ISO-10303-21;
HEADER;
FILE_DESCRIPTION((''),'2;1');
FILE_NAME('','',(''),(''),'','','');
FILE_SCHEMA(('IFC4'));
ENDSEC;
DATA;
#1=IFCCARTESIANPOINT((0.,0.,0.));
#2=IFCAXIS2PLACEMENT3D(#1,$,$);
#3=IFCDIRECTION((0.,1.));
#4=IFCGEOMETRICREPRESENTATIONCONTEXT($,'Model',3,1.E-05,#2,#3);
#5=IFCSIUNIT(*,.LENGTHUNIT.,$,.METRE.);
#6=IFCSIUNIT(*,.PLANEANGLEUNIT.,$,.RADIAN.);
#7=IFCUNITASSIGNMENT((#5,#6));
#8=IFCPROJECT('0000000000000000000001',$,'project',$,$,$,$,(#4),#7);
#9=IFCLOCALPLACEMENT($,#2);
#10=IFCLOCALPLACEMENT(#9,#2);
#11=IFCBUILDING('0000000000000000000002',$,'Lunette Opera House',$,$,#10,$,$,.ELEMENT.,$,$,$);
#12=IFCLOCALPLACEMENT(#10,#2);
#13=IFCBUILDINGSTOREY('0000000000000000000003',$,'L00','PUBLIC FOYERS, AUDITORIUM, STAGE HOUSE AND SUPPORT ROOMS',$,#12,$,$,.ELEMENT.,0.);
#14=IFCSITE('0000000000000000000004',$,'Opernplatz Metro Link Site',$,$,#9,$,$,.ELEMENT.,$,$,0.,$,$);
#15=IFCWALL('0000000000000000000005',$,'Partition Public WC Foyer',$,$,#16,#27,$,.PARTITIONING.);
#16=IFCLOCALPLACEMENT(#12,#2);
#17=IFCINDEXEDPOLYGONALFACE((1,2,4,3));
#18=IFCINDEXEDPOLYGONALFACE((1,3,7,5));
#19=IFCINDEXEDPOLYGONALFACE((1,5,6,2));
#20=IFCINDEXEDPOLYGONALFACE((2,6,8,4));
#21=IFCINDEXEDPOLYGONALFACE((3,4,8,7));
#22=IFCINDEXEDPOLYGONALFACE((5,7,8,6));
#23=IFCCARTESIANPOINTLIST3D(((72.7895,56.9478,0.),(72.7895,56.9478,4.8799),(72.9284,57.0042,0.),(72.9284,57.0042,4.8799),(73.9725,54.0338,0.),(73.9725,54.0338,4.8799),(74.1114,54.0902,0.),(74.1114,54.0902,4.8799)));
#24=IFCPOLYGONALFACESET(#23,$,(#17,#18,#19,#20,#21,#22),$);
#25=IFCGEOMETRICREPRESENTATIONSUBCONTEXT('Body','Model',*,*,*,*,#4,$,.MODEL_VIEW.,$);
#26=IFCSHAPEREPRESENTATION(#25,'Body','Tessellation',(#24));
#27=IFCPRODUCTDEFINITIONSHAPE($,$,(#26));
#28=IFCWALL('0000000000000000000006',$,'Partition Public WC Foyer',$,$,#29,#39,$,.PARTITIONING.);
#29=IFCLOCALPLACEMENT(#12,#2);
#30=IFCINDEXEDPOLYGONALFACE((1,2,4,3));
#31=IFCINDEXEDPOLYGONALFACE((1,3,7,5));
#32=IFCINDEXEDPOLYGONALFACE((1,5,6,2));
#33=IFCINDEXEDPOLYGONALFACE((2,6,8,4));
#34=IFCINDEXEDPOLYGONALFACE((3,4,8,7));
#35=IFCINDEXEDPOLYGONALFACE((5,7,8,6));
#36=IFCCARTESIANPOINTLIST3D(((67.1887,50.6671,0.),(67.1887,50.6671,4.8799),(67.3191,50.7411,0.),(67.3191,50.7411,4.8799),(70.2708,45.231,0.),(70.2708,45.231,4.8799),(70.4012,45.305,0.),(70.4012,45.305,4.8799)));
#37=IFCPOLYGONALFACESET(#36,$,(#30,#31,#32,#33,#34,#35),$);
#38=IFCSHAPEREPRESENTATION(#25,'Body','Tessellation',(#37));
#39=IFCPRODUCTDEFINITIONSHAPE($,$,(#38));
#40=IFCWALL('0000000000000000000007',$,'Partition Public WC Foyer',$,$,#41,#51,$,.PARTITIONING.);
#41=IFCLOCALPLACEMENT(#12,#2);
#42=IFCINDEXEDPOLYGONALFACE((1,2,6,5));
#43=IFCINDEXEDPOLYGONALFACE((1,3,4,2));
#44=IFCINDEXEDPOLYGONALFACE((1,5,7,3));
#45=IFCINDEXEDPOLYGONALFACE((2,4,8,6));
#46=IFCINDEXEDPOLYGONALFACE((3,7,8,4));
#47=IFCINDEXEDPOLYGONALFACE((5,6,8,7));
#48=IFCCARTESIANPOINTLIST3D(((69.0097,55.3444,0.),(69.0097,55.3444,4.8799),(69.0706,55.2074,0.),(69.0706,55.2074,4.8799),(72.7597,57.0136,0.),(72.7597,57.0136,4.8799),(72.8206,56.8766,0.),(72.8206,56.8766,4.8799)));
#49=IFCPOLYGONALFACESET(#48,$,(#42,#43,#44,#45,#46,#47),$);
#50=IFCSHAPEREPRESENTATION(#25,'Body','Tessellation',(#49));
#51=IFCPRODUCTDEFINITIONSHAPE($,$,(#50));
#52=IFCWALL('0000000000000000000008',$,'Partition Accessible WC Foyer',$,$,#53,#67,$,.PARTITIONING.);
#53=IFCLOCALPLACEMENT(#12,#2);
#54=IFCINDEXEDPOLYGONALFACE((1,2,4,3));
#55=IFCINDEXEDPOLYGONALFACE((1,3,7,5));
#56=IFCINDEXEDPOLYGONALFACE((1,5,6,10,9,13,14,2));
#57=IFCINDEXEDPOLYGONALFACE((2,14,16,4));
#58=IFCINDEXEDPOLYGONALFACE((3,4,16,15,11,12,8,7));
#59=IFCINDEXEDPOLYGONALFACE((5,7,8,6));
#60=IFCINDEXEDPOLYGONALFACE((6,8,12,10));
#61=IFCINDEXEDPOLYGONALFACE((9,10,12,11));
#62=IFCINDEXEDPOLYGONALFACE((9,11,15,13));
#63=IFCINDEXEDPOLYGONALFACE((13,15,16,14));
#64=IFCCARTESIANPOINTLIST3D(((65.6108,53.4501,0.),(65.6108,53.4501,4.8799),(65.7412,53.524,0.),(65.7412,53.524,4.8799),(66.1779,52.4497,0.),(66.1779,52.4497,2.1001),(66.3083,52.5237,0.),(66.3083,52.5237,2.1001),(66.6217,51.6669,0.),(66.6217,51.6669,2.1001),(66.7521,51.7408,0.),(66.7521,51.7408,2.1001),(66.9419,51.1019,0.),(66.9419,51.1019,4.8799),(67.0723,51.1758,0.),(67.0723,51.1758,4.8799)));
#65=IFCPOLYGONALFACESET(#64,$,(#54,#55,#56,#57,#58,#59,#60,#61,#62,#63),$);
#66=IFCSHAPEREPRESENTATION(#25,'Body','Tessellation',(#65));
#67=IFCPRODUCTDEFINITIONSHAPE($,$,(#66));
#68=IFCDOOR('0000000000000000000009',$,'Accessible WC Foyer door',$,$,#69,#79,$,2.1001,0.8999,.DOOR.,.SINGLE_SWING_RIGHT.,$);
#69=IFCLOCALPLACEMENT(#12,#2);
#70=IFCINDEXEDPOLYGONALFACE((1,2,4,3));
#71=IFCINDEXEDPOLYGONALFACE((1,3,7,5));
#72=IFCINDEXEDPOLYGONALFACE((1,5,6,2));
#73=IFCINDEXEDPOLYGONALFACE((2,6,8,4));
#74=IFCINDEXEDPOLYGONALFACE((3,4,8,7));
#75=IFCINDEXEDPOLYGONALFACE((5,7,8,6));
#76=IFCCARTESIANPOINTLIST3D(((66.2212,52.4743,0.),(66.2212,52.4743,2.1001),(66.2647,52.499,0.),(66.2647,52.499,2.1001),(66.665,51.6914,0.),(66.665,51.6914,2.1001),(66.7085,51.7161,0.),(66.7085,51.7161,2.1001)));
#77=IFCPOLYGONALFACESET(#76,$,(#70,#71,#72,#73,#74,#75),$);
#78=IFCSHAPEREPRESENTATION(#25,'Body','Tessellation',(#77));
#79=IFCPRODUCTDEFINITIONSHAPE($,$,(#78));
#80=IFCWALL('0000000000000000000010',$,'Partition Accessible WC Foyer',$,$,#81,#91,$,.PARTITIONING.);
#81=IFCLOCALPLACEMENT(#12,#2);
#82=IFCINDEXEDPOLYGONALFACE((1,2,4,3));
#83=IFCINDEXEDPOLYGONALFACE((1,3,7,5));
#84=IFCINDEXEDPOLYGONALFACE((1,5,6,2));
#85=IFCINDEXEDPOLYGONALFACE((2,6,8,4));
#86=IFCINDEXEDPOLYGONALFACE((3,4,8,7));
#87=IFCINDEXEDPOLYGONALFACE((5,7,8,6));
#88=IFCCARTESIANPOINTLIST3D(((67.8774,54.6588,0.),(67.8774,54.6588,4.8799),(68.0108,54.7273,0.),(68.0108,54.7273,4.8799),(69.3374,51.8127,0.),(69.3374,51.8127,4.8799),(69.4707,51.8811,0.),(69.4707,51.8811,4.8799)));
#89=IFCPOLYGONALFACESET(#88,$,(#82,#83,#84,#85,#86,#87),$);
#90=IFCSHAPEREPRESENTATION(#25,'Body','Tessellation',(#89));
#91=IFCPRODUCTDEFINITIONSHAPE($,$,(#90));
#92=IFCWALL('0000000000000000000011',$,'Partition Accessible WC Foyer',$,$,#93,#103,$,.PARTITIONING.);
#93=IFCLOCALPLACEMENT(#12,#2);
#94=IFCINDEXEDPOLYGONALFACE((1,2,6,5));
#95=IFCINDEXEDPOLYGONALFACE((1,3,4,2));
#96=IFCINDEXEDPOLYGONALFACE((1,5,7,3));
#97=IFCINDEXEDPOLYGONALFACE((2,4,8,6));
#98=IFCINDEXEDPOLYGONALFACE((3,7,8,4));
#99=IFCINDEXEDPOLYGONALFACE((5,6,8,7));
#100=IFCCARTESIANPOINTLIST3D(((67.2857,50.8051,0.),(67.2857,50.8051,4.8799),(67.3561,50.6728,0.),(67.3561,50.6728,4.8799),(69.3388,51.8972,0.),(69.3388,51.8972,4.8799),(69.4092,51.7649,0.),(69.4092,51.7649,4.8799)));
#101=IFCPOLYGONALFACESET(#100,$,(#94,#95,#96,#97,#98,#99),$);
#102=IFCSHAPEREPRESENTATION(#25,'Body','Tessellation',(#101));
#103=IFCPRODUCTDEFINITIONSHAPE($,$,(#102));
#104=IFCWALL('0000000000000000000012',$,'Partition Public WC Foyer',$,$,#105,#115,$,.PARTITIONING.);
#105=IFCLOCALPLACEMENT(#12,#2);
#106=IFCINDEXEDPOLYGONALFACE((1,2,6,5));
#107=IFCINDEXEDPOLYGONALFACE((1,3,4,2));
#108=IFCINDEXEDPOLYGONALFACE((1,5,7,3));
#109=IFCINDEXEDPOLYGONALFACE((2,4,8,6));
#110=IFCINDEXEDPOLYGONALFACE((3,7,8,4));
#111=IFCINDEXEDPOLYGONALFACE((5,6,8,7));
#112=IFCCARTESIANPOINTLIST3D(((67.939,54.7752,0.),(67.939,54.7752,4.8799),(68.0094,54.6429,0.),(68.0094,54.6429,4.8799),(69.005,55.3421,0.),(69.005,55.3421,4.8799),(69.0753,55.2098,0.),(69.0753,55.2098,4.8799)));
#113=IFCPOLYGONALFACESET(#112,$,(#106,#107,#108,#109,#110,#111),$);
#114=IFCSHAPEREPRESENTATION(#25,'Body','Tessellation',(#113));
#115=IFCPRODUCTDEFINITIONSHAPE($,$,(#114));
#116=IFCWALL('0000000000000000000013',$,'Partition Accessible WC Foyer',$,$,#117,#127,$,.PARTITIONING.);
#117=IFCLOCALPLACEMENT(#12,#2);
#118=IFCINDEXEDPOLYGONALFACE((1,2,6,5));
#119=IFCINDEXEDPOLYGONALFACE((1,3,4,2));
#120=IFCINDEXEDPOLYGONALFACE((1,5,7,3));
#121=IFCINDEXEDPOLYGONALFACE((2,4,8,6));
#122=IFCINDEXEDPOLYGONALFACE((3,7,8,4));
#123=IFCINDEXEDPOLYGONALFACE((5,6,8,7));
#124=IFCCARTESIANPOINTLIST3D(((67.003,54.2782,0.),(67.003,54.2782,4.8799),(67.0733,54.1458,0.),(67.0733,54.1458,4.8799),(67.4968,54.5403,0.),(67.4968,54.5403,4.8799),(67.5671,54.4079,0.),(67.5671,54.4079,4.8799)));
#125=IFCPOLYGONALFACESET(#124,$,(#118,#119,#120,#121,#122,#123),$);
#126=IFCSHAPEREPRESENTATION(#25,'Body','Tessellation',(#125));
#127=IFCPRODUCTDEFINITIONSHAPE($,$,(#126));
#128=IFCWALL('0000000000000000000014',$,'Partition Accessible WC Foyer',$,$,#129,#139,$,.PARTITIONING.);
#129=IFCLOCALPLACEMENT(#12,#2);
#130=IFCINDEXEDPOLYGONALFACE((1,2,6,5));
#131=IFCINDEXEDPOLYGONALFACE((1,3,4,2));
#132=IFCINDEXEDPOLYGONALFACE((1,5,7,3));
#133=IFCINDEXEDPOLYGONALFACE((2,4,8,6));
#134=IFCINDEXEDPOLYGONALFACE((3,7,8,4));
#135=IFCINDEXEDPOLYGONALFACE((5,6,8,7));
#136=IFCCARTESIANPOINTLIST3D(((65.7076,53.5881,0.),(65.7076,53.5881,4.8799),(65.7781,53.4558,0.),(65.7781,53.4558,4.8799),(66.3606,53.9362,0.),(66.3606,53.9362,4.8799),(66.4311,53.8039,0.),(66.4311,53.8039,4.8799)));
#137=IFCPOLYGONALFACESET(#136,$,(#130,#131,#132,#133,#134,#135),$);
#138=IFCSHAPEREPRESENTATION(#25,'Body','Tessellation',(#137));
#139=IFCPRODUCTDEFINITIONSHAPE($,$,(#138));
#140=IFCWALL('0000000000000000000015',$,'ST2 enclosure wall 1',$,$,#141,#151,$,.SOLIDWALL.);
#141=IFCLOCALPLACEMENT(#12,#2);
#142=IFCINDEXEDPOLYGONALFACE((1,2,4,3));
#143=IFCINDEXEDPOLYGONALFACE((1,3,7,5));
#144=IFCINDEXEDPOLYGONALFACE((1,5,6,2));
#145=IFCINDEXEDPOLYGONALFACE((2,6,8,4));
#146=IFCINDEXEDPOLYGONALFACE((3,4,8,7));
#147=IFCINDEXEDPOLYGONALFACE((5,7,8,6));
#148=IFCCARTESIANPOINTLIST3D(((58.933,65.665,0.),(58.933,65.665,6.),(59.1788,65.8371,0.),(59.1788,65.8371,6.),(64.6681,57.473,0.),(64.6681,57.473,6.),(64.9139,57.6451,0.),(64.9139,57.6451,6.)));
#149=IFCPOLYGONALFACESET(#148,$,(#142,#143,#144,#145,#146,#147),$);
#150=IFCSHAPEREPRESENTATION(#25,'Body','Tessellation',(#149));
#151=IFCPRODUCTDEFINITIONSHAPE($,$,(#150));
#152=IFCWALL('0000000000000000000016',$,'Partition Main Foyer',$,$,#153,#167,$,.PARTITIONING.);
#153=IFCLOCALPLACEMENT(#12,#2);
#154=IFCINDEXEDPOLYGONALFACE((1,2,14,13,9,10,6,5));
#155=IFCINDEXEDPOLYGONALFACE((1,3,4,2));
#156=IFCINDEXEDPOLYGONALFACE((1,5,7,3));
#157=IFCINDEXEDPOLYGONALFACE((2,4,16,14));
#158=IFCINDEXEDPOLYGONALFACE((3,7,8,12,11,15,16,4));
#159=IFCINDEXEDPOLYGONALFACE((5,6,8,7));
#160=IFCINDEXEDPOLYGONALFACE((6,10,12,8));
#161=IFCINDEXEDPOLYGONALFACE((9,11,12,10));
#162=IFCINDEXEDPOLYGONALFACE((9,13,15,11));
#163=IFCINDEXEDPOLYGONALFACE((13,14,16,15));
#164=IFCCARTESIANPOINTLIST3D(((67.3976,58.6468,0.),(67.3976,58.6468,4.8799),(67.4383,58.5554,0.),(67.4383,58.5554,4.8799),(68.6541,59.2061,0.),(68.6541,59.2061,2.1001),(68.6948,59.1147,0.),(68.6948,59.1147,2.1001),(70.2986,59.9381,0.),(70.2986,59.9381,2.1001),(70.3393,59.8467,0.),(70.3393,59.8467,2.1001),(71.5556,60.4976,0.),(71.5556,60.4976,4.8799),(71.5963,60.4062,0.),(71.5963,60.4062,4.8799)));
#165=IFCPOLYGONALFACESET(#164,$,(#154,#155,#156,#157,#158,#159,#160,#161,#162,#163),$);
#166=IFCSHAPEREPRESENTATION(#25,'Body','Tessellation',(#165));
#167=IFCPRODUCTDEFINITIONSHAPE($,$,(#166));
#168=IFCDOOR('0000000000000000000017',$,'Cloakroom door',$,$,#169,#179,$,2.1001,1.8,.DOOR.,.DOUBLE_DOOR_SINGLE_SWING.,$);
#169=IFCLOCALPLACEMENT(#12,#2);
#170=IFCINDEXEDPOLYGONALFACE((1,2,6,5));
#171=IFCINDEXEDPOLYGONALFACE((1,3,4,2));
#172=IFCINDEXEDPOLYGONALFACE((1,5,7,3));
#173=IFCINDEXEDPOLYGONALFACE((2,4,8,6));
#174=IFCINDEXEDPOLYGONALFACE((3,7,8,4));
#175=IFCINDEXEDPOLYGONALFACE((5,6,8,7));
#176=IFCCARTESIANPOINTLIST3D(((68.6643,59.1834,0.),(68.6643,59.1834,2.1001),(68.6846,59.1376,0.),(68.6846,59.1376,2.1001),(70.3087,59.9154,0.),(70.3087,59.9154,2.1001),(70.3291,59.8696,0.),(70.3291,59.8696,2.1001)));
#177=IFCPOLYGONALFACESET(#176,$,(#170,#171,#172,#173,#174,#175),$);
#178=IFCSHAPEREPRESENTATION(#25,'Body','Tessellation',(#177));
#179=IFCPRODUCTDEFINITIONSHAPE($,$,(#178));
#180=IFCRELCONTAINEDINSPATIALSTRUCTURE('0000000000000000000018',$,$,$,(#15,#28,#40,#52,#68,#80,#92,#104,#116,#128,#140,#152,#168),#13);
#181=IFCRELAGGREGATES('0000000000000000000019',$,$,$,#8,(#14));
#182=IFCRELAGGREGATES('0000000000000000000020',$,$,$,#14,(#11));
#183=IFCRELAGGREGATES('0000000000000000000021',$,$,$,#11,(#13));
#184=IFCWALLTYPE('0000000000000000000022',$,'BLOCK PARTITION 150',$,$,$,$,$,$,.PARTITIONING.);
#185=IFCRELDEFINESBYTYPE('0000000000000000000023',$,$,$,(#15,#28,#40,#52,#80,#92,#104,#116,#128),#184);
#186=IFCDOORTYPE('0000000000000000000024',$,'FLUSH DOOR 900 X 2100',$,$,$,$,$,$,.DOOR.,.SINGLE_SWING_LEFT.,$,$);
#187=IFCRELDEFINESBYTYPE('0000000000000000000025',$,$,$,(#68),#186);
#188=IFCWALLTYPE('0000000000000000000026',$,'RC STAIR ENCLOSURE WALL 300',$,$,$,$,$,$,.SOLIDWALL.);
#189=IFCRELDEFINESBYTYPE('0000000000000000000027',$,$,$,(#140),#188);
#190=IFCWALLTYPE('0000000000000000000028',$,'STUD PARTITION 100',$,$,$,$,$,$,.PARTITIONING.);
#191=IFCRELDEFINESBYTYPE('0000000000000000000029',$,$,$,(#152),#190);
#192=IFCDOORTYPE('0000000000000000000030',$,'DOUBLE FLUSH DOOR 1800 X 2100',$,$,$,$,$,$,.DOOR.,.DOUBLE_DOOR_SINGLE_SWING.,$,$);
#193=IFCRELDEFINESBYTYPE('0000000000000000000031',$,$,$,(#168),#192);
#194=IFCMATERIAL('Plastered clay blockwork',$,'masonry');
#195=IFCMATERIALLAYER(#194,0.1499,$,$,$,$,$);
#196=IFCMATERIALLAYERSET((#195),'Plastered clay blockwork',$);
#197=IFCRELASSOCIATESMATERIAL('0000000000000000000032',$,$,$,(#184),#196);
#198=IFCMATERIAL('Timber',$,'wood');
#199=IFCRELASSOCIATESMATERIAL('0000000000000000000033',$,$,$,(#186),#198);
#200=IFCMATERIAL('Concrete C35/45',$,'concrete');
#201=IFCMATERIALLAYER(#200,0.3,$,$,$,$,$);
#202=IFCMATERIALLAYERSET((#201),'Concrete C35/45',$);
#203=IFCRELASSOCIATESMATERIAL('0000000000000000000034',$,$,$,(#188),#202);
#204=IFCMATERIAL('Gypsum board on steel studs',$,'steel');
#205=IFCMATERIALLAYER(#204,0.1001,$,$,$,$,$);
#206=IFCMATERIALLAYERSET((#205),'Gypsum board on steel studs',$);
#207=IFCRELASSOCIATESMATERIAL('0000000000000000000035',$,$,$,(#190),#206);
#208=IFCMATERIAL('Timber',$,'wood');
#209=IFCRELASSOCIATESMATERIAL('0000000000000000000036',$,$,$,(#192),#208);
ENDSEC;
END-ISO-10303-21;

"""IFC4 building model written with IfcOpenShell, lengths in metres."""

from ifc_helpers import new_model, si_unit, direction, frame, frame_2d, origin, place, context, subcontext, project, spatial, rectangle, extrude, material, layer, layer_set, type_object, element, fill, save


model = new_model("IFC4")

# Units and contexts
model_context = context("Model", 3, precision=1e-05, world=origin(), true_north=direction((0.0, 1.0)))
body_context = subcontext(model_context, "Body", "Model", "MODEL_VIEW")
ifc_project = project(units=[si_unit("LENGTHUNIT", "METRE"), si_unit("PLANEANGLEUNIT", "RADIAN")], contexts=[model_context])

# Site, building, storey
site_placement = place(None, origin())
site = spatial("IfcSite", under=ifc_project, at=site_placement, Name="Opernplatz Metro Link Site", CompositionType="ELEMENT", RefElevation=0.0)
building_placement = place(site_placement, origin())
building = spatial("IfcBuilding", under=site, at=building_placement, Name="Lunette Opera House", CompositionType="ELEMENT")
storey_placement = place(building_placement, origin())
storey = spatial("IfcBuildingStorey", under=building, at=storey_placement, Name="L00", Description="PUBLIC FOYERS, AUDITORIUM, STAGE HOUSE AND SUPPORT ROOMS", CompositionType="ELEMENT", Elevation=0.0)

# Walls
ifc_material_1 = material(Name="Plastered clay blockwork", Category="masonry")
ifc_layer_1 = layer(ifc_material_1, 0.1499)
ifc_layer_set_1 = layer_set([ifc_layer_1], Name="Plastered clay blockwork")
wall_type_1 = type_object("IfcWallType", Name="BLOCK PARTITION 150", PredefinedType="PARTITIONING", material=ifc_layer_set_1)
wall_1_placement = place(storey_placement, frame((74.042, 54.062, 0.0), z_axis=(0.0, 0.0, 1.0), x_axis=(-0.376177, 0.926548, 0.0)))
element("IfcWall", 1, at=wall_1_placement, inside=storey, type_object=wall_type_1, Name="Partition Public WC Foyer", PredefinedType="PARTITIONING", context=body_context, shape_type="SweptSolid", body=[
    extrude(rectangle(XDim=3.145, YDim=0.1499, at=frame_2d((1.5725, 0.0))), origin(), (0.0, 0.0, 1.0), 4.8799),
])
wall_2_placement = place(storey_placement, frame((67.2539, 50.7041, 0.0), z_axis=(0.0, 0.0, 1.0), x_axis=(0.493208, -0.869912, 0.0)))
element("IfcWall", 2, at=wall_2_placement, inside=storey, type_object=wall_type_1, Name="Partition Public WC Foyer", PredefinedType="PARTITIONING", context=body_context, shape_type="SweptSolid", body=[
    extrude(rectangle(XDim=6.249, YDim=0.1499, at=frame_2d((3.1245, 0.0))), origin(), (0.0, 0.0, 1.0), 4.8799),
])
wall_3_placement = place(storey_placement, frame((72.79, 56.9451, 0.0), z_axis=(0.0, 0.0, 1.0), x_axis=(-0.913583, -0.406652, 0.0)))
element("IfcWall", 3, at=wall_3_placement, inside=storey, type_object=wall_type_1, Name="Partition Public WC Foyer", PredefinedType="PARTITIONING", context=body_context, shape_type="SweptSolid", body=[
    extrude(rectangle(XDim=4.1047, YDim=0.1499, at=frame_2d((2.0522, 0.0))), origin(), (0.0, 0.0, 1.0), 4.8799),
])

# Wall, opening, door
wall_4_placement = place(storey_placement, frame((65.676, 53.4871, 0.0), z_axis=(0.0, 0.0, 1.0), x_axis=(0.493136, -0.869952, 0.0)))
wall_4 = element("IfcWall", 4, at=wall_4_placement, inside=storey, type_object=wall_type_1, Name="Partition Accessible WC Foyer", PredefinedType="PARTITIONING", context=body_context, shape_type="SweptSolid", body=[
    extrude(rectangle(XDim=2.6992, YDim=0.1499, at=frame_2d((1.3496, 0.0))), origin(), (0.0, 0.0, 1.0), 4.8799),
])
opening_1_placement = place(wall_4_placement, frame((1.1499, 0.0, 0.0)))
opening_1 = element("IfcOpeningElement", 5, at=opening_1_placement, cuts=wall_4, PredefinedType="OPENING", context=body_context, shape_type="SweptSolid", body=[
    extrude(rectangle(XDim=0.8999, YDim=2.1001, at=frame_2d((0.45, 1.05))), frame((0.0, 0.0869, 0.0), z_axis=(0.0, -1.0, 0.0), x_axis=(1.0, 0.0, 0.0)), (0.0, 0.0, 1.0), 0.1738),
])
ifc_material_2 = material(Name="Timber", Category="wood")
door_type_1 = type_object("IfcDoorType", Name="FLUSH DOOR 900 X 2100", OperationType="SINGLE_SWING_LEFT", PredefinedType="DOOR", material=ifc_material_2)
door_1_placement = place(opening_1_placement, origin())
door_1 = element("IfcDoor", 6, at=door_1_placement, inside=storey, type_object=door_type_1, Name="Accessible WC Foyer door", OperationType="SINGLE_SWING_RIGHT", OverallHeight=2.1001, OverallWidth=0.8999, PredefinedType="DOOR", context=body_context, shape_type="SweptSolid", body=[
    extrude(rectangle(XDim=0.8999, YDim=2.1001, at=frame_2d((0.45, 1.05))), frame((0.0, 0.0249, 0.0), z_axis=(0.0, -1.0, 0.0), x_axis=(1.0, 0.0, 0.0)), (0.0, 0.0, 1.0), 0.05),
])
fill(opening_1, door_1)

# Walls
wall_5_placement = place(storey_placement, frame((69.4041, 51.8469, 0.0), z_axis=(0.0, 0.0, 1.0), x_axis=(-0.45641, 0.88977, 0.0)))
element("IfcWall", 7, at=wall_5_placement, inside=storey, type_object=wall_type_1, Name="Partition Accessible WC Foyer", PredefinedType="PARTITIONING", context=body_context, shape_type="SweptSolid", body=[
    extrude(rectangle(XDim=3.1987, YDim=0.1499, at=frame_2d((1.5994, 0.0))), origin(), (0.0, 0.0, 1.0), 4.8799),
])
wall_6_placement = place(storey_placement, frame((67.321, 50.739, 0.0), z_axis=(0.0, 0.0, 1.0), x_axis=(0.882867, 0.469623, 0.0)))
element("IfcWall", 8, at=wall_6_placement, inside=storey, type_object=wall_type_1, Name="Partition Accessible WC Foyer", PredefinedType="PARTITIONING", context=body_context, shape_type="SweptSolid", body=[
    extrude(rectangle(XDim=2.3254, YDim=0.1499, at=frame_2d((1.1626, 0.0))), origin(), (0.0, 0.0, 1.0), 4.8799),
])
wall_7_placement = place(storey_placement, frame((69.04, 55.2759, 0.0), z_axis=(0.0, 0.0, 1.0), x_axis=(-0.882901, -0.469559, 0.0)))
element("IfcWall", 9, at=wall_7_placement, inside=storey, type_object=wall_type_1, Name="Partition Public WC Foyer", PredefinedType="PARTITIONING", context=body_context, shape_type="SweptSolid", body=[
    extrude(rectangle(XDim=1.2073, YDim=0.1499, at=frame_2d((0.6035, 0.0))), origin(), (0.0, 0.0, 1.0), 4.8799),
])
wall_8_placement = place(storey_placement, frame((67.532, 54.4741, 0.0), z_axis=(0.0, 0.0, 1.0), x_axis=(-0.883246, -0.46891, 0.0)))
element("IfcWall", 10, at=wall_8_placement, inside=storey, type_object=wall_type_1, Name="Partition Accessible WC Foyer", PredefinedType="PARTITIONING", context=body_context, shape_type="SweptSolid", body=[
    extrude(rectangle(XDim=0.5591, YDim=0.1499, at=frame_2d((0.2795, 0.0))), origin(), (0.0, 0.0, 1.0), 4.8799),
])
wall_9_placement = place(storey_placement, frame((66.396, 53.8701, 0.0), z_axis=(0.0, 0.0, 1.0), x_axis=(-0.882444, -0.470417, 0.0)))
element("IfcWall", 11, at=wall_9_placement, inside=storey, type_object=wall_type_1, Name="Partition Accessible WC Foyer", PredefinedType="PARTITIONING", context=body_context, shape_type="SweptSolid", body=[
    extrude(rectangle(XDim=0.74, YDim=0.1499, at=frame_2d((0.3701, 0.0))), origin(), (0.0, 0.0, 1.0), 4.8799),
])
ifc_material_3 = material(Name="Concrete C35/45", Category="concrete")
ifc_layer_2 = layer(ifc_material_3, 0.3)
ifc_layer_set_2 = layer_set([ifc_layer_2], Name="Concrete C35/45")
wall_type_2 = type_object("IfcWallType", Name="RC STAIR ENCLOSURE WALL 300", PredefinedType="SOLIDWALL", material=ifc_layer_set_2)
wall_10_placement = place(storey_placement, frame((64.791, 57.5591, 0.0), z_axis=(0.0, 0.0, 1.0), x_axis=(-0.573515, 0.819195, 0.0)))
element("IfcWall", 12, at=wall_10_placement, inside=storey, type_object=wall_type_2, Name="ST2 enclosure wall 1", PredefinedType="SOLIDWALL", context=body_context, shape_type="SweptSolid", body=[
    extrude(rectangle(XDim=10.0, YDim=0.3, at=frame_2d((5.0, 0.0))), origin(), (0.0, 0.0, 1.0), 6.0),
])

# Wall, opening, door
ifc_material_4 = material(Name="Gypsum board on steel studs", Category="steel")
ifc_layer_3 = layer(ifc_material_4, 0.1001)
ifc_layer_set_3 = layer_set([ifc_layer_3], Name="Gypsum board on steel studs")
wall_type_3 = type_object("IfcWallType", Name="STUD PARTITION 100", PredefinedType="PARTITIONING", material=ifc_layer_set_3)
wall_11_placement = place(storey_placement, frame((71.5759, 60.4519, 0.0), z_axis=(0.0, 0.0, 1.0), x_axis=(-0.913579, -0.406661, 0.0)))
wall_11 = element("IfcWall", 13, at=wall_11_placement, inside=storey, type_object=wall_type_3, Name="Partition Main Foyer", PredefinedType="PARTITIONING", context=body_context, shape_type="SweptSolid", body=[
    extrude(rectangle(XDim=4.5513, YDim=0.1001, at=frame_2d((2.2756, 0.0))), origin(), (0.0, 0.0, 1.0), 4.8799),
])
opening_2_placement = place(wall_11_placement, frame((1.376, 0.0, 0.0)))
opening_2 = element("IfcOpeningElement", 14, at=opening_2_placement, cuts=wall_11, PredefinedType="OPENING", context=body_context, shape_type="SweptSolid", body=[
    extrude(rectangle(XDim=1.8, YDim=2.1001, at=frame_2d((0.8999, 1.05))), frame((0.0, 0.062, 0.0), z_axis=(0.0, -1.0, 0.0), x_axis=(1.0, 0.0, 0.0)), (0.0, 0.0, 1.0), 0.124),
])
ifc_material_5 = material(Name="Timber", Category="wood")
door_type_2 = type_object("IfcDoorType", Name="DOUBLE FLUSH DOOR 1800 X 2100", OperationType="DOUBLE_DOOR_SINGLE_SWING", PredefinedType="DOOR", material=ifc_material_5)
door_2_placement = place(opening_2_placement, origin())
door_2 = element("IfcDoor", 15, at=door_2_placement, inside=storey, type_object=door_type_2, Name="Cloakroom door", OperationType="DOUBLE_DOOR_SINGLE_SWING", OverallHeight=2.1001, OverallWidth=1.8, PredefinedType="DOOR", context=body_context, shape_type="SweptSolid", body=[
    extrude(rectangle(XDim=1.8, YDim=2.1001, at=frame_2d((0.8999, 1.05))), frame((0.0, 0.0249, 0.0), z_axis=(0.0, -1.0, 0.0), x_axis=(1.0, 0.0, 0.0)), (0.0, 0.0, 1.0), 0.05),
])
fill(opening_2, door_2)

save(model, "model.ifc")
